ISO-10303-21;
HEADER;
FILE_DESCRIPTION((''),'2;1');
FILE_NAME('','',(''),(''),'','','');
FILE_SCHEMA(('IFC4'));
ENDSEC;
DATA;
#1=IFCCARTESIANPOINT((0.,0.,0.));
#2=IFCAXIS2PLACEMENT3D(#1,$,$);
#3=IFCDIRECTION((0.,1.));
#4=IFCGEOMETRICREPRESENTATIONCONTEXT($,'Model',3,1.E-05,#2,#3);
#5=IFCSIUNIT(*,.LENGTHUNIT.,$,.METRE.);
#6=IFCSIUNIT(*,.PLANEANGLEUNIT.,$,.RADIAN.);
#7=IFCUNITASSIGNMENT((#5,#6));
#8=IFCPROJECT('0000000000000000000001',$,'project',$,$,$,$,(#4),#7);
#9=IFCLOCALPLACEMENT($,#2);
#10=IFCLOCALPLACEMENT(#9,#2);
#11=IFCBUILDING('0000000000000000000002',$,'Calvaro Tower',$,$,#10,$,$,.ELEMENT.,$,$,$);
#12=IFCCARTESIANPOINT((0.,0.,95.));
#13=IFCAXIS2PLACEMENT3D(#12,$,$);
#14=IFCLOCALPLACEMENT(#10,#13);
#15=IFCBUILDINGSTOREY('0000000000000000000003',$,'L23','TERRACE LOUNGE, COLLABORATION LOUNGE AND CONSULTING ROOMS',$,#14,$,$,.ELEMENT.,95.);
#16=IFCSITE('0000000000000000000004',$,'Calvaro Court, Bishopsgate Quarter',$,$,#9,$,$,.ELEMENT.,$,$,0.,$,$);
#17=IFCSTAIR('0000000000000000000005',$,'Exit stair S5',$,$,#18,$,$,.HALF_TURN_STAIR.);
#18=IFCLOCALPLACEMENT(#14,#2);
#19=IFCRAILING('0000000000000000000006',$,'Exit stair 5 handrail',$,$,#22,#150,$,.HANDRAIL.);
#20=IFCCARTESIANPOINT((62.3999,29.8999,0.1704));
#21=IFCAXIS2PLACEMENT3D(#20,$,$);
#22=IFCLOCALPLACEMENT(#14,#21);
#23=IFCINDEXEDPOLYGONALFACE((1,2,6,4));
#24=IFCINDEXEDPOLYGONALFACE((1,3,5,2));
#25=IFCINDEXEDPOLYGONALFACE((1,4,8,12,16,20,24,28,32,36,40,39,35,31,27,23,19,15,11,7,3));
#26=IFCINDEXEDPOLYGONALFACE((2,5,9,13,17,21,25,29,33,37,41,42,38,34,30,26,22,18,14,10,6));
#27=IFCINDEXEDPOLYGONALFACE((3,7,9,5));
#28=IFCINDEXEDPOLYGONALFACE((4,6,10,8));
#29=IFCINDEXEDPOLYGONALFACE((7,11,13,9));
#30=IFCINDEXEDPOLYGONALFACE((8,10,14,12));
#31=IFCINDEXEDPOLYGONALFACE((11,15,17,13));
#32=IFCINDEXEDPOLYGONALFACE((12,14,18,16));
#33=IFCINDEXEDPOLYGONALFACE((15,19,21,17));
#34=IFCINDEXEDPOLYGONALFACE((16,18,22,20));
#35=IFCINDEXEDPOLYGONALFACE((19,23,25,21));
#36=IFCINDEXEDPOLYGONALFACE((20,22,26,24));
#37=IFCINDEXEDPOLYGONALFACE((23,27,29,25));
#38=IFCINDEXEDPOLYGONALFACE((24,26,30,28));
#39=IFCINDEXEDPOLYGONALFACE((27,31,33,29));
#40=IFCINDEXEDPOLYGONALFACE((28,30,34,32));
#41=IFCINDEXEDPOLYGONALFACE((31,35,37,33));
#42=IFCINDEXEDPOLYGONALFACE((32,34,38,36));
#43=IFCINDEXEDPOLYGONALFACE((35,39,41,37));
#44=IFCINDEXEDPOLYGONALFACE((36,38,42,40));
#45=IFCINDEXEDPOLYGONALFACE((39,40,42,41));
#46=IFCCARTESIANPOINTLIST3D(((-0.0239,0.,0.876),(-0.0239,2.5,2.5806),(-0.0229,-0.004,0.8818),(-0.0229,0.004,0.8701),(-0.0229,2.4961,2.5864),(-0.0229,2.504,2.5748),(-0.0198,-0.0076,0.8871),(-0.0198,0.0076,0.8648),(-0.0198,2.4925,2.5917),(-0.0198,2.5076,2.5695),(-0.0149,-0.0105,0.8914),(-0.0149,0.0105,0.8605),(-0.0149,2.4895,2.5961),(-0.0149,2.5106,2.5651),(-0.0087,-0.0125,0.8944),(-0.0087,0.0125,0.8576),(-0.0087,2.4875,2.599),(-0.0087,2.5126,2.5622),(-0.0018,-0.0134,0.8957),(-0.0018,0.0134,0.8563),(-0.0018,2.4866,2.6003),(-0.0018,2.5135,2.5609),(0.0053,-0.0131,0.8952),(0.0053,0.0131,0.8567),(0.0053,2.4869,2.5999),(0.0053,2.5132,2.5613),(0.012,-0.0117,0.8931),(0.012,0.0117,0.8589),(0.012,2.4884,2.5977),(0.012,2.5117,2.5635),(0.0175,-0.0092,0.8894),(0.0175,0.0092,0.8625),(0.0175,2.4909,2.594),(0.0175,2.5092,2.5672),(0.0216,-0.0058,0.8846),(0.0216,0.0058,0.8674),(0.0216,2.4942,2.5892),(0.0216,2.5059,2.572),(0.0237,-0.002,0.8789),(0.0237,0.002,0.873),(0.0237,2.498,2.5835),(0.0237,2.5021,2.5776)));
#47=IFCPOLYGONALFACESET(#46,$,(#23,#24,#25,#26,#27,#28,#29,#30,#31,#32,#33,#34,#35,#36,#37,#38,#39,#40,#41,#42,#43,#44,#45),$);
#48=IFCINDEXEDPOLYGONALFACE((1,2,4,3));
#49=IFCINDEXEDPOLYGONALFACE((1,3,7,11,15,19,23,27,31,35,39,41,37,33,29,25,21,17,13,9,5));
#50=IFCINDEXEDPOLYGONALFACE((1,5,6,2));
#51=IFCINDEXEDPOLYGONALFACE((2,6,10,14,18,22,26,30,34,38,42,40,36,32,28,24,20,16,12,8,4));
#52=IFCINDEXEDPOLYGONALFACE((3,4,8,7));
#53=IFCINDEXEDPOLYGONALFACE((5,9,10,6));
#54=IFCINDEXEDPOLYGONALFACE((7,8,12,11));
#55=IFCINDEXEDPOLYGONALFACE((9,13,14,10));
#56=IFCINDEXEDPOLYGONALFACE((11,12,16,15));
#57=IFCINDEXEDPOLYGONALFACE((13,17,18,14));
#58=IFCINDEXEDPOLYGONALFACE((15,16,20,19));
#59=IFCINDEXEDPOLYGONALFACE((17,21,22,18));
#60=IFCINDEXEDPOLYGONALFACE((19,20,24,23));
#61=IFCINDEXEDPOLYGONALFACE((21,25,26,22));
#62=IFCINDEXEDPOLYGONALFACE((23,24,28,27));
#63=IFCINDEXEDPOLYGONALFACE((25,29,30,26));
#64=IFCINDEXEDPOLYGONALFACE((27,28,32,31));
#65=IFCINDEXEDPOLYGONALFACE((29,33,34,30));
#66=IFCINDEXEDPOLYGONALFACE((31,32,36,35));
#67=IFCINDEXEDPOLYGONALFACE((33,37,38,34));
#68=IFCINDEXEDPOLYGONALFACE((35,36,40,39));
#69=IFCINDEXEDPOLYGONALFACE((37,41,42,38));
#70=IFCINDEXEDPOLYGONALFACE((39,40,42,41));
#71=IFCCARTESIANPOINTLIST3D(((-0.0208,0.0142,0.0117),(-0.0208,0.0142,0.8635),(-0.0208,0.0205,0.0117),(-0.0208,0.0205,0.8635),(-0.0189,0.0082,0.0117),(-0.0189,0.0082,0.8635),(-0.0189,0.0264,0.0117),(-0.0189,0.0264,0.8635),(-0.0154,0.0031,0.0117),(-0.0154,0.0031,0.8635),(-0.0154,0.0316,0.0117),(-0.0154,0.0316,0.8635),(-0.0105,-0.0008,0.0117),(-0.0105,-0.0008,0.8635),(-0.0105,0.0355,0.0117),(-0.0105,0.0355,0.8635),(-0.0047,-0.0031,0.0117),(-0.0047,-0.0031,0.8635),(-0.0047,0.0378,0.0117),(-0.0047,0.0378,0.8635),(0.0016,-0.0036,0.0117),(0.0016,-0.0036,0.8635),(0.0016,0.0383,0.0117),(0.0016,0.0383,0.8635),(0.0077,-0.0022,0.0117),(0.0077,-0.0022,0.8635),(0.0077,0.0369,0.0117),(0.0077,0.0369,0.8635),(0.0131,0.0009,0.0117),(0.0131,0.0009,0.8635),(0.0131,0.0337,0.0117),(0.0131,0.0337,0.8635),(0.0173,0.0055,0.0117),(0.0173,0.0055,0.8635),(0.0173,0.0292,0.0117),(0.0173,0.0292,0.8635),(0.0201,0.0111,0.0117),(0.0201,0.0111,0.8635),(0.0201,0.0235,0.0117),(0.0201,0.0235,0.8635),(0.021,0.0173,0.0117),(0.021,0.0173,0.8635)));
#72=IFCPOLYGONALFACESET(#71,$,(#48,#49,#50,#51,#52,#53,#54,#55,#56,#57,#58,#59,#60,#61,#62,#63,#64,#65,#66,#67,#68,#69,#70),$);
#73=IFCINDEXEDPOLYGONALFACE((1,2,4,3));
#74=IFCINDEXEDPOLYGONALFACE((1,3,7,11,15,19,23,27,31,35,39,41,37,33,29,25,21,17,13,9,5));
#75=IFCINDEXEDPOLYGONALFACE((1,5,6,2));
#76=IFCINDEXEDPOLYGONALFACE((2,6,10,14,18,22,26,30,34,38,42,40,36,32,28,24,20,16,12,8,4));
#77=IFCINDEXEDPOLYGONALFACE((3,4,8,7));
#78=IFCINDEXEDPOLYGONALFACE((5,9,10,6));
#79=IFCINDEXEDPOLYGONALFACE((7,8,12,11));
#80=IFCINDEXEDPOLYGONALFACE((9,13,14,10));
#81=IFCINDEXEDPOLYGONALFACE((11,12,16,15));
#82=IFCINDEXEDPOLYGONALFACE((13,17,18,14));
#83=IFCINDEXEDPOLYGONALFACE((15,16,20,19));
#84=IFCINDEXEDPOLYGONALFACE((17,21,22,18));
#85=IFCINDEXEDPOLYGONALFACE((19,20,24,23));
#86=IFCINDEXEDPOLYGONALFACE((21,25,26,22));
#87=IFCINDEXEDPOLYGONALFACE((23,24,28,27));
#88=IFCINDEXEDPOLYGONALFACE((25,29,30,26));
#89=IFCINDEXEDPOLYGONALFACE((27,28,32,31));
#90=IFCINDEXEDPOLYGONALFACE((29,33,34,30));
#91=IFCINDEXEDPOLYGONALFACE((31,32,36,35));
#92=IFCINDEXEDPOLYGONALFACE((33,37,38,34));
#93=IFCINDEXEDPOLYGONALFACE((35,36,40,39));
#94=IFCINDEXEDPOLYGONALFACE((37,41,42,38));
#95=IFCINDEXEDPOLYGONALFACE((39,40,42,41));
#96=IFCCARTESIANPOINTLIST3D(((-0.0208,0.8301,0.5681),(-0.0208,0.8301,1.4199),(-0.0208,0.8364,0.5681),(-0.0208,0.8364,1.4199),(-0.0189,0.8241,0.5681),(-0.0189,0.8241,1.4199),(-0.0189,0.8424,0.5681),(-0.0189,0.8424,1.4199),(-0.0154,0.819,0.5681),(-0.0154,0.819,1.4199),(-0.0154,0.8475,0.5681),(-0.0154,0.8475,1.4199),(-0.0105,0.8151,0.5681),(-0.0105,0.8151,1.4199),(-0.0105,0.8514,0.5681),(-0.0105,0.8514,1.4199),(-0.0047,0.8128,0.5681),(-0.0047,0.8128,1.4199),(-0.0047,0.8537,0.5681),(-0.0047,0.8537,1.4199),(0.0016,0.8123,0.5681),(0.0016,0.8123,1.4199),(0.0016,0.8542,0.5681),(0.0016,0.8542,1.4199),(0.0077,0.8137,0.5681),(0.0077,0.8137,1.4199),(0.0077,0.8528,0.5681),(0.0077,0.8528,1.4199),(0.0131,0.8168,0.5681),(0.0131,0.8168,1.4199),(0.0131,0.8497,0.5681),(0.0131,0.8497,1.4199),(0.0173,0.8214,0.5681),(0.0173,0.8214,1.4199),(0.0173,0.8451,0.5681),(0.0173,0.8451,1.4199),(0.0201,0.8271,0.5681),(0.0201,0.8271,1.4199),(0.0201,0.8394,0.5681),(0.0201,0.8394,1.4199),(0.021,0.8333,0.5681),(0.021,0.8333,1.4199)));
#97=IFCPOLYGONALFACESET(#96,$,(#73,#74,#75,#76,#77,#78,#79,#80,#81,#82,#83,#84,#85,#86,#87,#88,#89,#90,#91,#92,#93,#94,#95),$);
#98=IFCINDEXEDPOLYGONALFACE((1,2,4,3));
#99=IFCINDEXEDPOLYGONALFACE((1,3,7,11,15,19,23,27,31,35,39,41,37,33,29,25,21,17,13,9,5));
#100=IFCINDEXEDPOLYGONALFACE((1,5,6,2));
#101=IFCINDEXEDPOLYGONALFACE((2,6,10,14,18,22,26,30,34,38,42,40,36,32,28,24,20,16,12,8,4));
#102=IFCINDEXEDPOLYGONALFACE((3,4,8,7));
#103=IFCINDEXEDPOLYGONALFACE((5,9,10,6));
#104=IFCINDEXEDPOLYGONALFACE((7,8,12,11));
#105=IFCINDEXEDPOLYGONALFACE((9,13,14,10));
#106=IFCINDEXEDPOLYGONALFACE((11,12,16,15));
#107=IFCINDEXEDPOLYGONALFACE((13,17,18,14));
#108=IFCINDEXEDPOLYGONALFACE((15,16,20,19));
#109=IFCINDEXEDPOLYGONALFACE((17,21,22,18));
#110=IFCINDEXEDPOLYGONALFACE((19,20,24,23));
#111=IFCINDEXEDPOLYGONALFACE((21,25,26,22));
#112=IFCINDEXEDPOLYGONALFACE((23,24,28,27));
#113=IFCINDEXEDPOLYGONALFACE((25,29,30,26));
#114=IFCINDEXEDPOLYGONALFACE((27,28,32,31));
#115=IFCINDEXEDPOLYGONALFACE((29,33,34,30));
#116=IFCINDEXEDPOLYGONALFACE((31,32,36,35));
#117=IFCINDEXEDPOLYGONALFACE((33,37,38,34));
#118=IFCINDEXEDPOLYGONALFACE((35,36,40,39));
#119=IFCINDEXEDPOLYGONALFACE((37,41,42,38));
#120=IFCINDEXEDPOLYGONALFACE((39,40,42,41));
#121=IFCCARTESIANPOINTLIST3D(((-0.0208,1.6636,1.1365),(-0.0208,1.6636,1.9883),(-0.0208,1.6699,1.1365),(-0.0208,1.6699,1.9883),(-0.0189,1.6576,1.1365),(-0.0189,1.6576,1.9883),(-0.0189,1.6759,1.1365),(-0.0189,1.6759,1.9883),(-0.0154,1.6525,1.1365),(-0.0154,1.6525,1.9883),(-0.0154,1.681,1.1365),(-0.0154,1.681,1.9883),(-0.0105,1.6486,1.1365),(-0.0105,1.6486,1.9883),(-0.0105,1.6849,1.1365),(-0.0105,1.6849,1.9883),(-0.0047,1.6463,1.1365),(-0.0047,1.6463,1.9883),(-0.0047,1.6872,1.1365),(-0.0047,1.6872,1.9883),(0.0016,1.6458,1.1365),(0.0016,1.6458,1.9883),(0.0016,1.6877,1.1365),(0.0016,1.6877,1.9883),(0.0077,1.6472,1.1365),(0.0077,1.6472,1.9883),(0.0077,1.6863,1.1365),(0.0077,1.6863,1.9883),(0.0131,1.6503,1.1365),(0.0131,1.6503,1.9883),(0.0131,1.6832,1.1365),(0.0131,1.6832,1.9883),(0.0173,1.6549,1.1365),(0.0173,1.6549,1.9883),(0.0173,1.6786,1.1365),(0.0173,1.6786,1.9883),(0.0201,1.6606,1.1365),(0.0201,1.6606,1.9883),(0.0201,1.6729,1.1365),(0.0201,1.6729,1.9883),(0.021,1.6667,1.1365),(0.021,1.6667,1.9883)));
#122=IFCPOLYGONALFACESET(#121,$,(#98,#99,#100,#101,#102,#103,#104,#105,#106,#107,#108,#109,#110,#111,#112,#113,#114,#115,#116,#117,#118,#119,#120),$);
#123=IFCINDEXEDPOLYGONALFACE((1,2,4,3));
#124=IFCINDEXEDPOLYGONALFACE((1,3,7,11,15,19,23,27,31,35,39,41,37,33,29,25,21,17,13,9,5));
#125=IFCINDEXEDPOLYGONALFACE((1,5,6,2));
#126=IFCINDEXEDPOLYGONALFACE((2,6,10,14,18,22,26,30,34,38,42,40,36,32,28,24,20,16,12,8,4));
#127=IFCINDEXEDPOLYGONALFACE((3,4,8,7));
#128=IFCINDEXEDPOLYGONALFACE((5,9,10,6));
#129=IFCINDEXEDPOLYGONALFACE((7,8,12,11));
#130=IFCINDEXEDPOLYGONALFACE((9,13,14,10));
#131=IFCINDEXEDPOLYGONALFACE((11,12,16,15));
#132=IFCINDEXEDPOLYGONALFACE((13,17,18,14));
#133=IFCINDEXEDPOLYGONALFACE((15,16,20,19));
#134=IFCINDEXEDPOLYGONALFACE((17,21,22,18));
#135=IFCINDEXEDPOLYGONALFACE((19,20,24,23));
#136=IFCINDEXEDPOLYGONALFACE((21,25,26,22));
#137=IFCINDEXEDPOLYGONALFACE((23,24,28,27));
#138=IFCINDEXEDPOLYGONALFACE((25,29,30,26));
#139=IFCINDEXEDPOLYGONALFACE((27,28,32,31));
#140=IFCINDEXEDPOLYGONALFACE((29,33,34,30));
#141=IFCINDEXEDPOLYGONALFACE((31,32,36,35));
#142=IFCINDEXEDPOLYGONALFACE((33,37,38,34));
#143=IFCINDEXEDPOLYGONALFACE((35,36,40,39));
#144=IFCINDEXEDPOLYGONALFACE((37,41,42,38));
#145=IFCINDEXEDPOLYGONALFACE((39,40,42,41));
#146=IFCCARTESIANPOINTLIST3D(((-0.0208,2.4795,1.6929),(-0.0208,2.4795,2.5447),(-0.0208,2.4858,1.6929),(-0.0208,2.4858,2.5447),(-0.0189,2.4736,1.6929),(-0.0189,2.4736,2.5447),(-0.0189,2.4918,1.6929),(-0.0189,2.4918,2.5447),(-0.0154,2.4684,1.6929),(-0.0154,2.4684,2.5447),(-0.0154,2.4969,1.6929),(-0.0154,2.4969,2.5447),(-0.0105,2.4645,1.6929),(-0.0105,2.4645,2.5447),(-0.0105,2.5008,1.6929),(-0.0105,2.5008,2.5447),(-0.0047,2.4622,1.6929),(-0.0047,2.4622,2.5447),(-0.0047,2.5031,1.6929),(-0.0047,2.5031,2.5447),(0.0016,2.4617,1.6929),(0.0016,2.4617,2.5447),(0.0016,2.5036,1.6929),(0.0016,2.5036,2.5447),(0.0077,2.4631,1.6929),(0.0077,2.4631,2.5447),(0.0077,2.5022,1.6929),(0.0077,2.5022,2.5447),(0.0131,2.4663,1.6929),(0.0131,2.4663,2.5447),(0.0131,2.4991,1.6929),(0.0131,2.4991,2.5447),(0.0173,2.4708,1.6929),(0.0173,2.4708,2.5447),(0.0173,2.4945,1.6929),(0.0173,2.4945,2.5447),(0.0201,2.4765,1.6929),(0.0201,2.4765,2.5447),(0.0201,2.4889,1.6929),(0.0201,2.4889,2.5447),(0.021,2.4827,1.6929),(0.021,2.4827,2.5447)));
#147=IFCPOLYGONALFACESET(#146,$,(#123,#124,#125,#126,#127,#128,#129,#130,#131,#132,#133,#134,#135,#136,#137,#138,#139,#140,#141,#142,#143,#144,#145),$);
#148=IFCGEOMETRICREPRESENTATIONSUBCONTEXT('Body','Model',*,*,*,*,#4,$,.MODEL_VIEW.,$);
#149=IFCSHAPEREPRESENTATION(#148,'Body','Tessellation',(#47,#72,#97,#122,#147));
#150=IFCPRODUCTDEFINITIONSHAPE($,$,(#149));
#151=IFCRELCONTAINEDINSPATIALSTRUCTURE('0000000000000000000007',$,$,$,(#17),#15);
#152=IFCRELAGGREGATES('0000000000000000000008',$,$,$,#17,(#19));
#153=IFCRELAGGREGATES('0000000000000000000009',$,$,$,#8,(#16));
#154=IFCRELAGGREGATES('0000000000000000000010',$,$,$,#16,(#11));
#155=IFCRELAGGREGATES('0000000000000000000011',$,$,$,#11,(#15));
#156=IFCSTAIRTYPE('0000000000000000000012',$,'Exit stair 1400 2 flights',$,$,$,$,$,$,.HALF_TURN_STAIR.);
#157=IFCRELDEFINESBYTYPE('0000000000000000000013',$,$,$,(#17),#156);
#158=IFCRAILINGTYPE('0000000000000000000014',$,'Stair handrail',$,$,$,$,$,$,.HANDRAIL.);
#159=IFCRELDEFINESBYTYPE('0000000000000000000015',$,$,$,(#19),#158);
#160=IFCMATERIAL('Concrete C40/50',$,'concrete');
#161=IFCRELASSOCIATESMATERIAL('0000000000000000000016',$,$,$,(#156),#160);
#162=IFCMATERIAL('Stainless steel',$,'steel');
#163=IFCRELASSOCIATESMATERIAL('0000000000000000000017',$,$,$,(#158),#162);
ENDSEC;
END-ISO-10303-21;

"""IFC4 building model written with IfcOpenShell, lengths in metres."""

from ifc_helpers import new_model, si_unit, direction, frame, origin, origin_2d, place, context, subcontext, project, spatial, circle, extrude, material, type_object, element, aggregate, save


model = new_model("IFC4")

# Units and contexts
model_context = context("Model", 3, precision=1e-05, world=origin(), true_north=direction((0.0, 1.0)))
body_context = subcontext(model_context, "Body", "Model", "MODEL_VIEW")
ifc_project = project(units=[si_unit("LENGTHUNIT", "METRE"), si_unit("PLANEANGLEUNIT", "RADIAN")], contexts=[model_context])

# Site, building, storey
site_placement = place(None, origin())
site = spatial("IfcSite", under=ifc_project, at=site_placement, Name="Calvaro Court, Bishopsgate Quarter", CompositionType="ELEMENT", RefElevation=0.0)
building_placement = place(site_placement, origin())
building = spatial("IfcBuilding", under=site, at=building_placement, Name="Calvaro Tower", CompositionType="ELEMENT")
storey_placement = place(building_placement, frame((0.0, 0.0, 95.0)))
storey = spatial("IfcBuildingStorey", under=building, at=storey_placement, Name="L23", Description="TERRACE LOUNGE, COLLABORATION LOUNGE AND CONSULTING ROOMS", CompositionType="ELEMENT", Elevation=95.0)

# Stair, railing
ifc_material_1 = material(Name="Concrete C40/50", Category="concrete")
stair_type = type_object("IfcStairType", Name="Exit stair 1400 2 flights", PredefinedType="HALF_TURN_STAIR", material=ifc_material_1)
stair_placement = place(storey_placement, origin())
stair = element("IfcStair", 1, at=stair_placement, inside=storey, type_object=stair_type, Name="Exit stair S5", PredefinedType="HALF_TURN_STAIR")
ifc_material_2 = material(Name="Stainless steel", Category="steel")
railing_type = type_object("IfcRailingType", Name="Stair handrail", PredefinedType="HANDRAIL", material=ifc_material_2)
railing_1_placement = place(storey_placement, frame((62.3999, 29.8999, 0.1704)))
railing_1 = element("IfcRailing", 2, at=railing_1_placement, type_object=railing_type, Name="Exit stair 5 handrail", PredefinedType="HANDRAIL", context=body_context, shape_type="SweptSolid", body=[
    extrude(circle(Radius=0.0239, at=origin_2d()), frame((0.0, 0.0, 0.876), z_axis=(0.0, 0.826221, 0.563347), x_axis=(-1.0, 0.0, 0.0)), (0.0, 0.0, 1.0), 3.0259),
    extrude(circle(Radius=0.021, at=origin_2d()), frame((0.0, 0.0173, 0.0117)), (0.0, 0.0, 1.0), 0.8518),
    extrude(circle(Radius=0.021, at=origin_2d()), frame((0.0, 0.8333, 0.5681)), (0.0, 0.0, 1.0), 0.8518),
    extrude(circle(Radius=0.021, at=origin_2d()), frame((0.0, 1.6667, 1.1365)), (0.0, 0.0, 1.0), 0.8518),
    extrude(circle(Radius=0.021, at=origin_2d()), frame((0.0, 2.4827, 1.6929)), (0.0, 0.0, 1.0), 0.8518),
])
aggregate(stair, [railing_1])

save(model, "model.ifc")
